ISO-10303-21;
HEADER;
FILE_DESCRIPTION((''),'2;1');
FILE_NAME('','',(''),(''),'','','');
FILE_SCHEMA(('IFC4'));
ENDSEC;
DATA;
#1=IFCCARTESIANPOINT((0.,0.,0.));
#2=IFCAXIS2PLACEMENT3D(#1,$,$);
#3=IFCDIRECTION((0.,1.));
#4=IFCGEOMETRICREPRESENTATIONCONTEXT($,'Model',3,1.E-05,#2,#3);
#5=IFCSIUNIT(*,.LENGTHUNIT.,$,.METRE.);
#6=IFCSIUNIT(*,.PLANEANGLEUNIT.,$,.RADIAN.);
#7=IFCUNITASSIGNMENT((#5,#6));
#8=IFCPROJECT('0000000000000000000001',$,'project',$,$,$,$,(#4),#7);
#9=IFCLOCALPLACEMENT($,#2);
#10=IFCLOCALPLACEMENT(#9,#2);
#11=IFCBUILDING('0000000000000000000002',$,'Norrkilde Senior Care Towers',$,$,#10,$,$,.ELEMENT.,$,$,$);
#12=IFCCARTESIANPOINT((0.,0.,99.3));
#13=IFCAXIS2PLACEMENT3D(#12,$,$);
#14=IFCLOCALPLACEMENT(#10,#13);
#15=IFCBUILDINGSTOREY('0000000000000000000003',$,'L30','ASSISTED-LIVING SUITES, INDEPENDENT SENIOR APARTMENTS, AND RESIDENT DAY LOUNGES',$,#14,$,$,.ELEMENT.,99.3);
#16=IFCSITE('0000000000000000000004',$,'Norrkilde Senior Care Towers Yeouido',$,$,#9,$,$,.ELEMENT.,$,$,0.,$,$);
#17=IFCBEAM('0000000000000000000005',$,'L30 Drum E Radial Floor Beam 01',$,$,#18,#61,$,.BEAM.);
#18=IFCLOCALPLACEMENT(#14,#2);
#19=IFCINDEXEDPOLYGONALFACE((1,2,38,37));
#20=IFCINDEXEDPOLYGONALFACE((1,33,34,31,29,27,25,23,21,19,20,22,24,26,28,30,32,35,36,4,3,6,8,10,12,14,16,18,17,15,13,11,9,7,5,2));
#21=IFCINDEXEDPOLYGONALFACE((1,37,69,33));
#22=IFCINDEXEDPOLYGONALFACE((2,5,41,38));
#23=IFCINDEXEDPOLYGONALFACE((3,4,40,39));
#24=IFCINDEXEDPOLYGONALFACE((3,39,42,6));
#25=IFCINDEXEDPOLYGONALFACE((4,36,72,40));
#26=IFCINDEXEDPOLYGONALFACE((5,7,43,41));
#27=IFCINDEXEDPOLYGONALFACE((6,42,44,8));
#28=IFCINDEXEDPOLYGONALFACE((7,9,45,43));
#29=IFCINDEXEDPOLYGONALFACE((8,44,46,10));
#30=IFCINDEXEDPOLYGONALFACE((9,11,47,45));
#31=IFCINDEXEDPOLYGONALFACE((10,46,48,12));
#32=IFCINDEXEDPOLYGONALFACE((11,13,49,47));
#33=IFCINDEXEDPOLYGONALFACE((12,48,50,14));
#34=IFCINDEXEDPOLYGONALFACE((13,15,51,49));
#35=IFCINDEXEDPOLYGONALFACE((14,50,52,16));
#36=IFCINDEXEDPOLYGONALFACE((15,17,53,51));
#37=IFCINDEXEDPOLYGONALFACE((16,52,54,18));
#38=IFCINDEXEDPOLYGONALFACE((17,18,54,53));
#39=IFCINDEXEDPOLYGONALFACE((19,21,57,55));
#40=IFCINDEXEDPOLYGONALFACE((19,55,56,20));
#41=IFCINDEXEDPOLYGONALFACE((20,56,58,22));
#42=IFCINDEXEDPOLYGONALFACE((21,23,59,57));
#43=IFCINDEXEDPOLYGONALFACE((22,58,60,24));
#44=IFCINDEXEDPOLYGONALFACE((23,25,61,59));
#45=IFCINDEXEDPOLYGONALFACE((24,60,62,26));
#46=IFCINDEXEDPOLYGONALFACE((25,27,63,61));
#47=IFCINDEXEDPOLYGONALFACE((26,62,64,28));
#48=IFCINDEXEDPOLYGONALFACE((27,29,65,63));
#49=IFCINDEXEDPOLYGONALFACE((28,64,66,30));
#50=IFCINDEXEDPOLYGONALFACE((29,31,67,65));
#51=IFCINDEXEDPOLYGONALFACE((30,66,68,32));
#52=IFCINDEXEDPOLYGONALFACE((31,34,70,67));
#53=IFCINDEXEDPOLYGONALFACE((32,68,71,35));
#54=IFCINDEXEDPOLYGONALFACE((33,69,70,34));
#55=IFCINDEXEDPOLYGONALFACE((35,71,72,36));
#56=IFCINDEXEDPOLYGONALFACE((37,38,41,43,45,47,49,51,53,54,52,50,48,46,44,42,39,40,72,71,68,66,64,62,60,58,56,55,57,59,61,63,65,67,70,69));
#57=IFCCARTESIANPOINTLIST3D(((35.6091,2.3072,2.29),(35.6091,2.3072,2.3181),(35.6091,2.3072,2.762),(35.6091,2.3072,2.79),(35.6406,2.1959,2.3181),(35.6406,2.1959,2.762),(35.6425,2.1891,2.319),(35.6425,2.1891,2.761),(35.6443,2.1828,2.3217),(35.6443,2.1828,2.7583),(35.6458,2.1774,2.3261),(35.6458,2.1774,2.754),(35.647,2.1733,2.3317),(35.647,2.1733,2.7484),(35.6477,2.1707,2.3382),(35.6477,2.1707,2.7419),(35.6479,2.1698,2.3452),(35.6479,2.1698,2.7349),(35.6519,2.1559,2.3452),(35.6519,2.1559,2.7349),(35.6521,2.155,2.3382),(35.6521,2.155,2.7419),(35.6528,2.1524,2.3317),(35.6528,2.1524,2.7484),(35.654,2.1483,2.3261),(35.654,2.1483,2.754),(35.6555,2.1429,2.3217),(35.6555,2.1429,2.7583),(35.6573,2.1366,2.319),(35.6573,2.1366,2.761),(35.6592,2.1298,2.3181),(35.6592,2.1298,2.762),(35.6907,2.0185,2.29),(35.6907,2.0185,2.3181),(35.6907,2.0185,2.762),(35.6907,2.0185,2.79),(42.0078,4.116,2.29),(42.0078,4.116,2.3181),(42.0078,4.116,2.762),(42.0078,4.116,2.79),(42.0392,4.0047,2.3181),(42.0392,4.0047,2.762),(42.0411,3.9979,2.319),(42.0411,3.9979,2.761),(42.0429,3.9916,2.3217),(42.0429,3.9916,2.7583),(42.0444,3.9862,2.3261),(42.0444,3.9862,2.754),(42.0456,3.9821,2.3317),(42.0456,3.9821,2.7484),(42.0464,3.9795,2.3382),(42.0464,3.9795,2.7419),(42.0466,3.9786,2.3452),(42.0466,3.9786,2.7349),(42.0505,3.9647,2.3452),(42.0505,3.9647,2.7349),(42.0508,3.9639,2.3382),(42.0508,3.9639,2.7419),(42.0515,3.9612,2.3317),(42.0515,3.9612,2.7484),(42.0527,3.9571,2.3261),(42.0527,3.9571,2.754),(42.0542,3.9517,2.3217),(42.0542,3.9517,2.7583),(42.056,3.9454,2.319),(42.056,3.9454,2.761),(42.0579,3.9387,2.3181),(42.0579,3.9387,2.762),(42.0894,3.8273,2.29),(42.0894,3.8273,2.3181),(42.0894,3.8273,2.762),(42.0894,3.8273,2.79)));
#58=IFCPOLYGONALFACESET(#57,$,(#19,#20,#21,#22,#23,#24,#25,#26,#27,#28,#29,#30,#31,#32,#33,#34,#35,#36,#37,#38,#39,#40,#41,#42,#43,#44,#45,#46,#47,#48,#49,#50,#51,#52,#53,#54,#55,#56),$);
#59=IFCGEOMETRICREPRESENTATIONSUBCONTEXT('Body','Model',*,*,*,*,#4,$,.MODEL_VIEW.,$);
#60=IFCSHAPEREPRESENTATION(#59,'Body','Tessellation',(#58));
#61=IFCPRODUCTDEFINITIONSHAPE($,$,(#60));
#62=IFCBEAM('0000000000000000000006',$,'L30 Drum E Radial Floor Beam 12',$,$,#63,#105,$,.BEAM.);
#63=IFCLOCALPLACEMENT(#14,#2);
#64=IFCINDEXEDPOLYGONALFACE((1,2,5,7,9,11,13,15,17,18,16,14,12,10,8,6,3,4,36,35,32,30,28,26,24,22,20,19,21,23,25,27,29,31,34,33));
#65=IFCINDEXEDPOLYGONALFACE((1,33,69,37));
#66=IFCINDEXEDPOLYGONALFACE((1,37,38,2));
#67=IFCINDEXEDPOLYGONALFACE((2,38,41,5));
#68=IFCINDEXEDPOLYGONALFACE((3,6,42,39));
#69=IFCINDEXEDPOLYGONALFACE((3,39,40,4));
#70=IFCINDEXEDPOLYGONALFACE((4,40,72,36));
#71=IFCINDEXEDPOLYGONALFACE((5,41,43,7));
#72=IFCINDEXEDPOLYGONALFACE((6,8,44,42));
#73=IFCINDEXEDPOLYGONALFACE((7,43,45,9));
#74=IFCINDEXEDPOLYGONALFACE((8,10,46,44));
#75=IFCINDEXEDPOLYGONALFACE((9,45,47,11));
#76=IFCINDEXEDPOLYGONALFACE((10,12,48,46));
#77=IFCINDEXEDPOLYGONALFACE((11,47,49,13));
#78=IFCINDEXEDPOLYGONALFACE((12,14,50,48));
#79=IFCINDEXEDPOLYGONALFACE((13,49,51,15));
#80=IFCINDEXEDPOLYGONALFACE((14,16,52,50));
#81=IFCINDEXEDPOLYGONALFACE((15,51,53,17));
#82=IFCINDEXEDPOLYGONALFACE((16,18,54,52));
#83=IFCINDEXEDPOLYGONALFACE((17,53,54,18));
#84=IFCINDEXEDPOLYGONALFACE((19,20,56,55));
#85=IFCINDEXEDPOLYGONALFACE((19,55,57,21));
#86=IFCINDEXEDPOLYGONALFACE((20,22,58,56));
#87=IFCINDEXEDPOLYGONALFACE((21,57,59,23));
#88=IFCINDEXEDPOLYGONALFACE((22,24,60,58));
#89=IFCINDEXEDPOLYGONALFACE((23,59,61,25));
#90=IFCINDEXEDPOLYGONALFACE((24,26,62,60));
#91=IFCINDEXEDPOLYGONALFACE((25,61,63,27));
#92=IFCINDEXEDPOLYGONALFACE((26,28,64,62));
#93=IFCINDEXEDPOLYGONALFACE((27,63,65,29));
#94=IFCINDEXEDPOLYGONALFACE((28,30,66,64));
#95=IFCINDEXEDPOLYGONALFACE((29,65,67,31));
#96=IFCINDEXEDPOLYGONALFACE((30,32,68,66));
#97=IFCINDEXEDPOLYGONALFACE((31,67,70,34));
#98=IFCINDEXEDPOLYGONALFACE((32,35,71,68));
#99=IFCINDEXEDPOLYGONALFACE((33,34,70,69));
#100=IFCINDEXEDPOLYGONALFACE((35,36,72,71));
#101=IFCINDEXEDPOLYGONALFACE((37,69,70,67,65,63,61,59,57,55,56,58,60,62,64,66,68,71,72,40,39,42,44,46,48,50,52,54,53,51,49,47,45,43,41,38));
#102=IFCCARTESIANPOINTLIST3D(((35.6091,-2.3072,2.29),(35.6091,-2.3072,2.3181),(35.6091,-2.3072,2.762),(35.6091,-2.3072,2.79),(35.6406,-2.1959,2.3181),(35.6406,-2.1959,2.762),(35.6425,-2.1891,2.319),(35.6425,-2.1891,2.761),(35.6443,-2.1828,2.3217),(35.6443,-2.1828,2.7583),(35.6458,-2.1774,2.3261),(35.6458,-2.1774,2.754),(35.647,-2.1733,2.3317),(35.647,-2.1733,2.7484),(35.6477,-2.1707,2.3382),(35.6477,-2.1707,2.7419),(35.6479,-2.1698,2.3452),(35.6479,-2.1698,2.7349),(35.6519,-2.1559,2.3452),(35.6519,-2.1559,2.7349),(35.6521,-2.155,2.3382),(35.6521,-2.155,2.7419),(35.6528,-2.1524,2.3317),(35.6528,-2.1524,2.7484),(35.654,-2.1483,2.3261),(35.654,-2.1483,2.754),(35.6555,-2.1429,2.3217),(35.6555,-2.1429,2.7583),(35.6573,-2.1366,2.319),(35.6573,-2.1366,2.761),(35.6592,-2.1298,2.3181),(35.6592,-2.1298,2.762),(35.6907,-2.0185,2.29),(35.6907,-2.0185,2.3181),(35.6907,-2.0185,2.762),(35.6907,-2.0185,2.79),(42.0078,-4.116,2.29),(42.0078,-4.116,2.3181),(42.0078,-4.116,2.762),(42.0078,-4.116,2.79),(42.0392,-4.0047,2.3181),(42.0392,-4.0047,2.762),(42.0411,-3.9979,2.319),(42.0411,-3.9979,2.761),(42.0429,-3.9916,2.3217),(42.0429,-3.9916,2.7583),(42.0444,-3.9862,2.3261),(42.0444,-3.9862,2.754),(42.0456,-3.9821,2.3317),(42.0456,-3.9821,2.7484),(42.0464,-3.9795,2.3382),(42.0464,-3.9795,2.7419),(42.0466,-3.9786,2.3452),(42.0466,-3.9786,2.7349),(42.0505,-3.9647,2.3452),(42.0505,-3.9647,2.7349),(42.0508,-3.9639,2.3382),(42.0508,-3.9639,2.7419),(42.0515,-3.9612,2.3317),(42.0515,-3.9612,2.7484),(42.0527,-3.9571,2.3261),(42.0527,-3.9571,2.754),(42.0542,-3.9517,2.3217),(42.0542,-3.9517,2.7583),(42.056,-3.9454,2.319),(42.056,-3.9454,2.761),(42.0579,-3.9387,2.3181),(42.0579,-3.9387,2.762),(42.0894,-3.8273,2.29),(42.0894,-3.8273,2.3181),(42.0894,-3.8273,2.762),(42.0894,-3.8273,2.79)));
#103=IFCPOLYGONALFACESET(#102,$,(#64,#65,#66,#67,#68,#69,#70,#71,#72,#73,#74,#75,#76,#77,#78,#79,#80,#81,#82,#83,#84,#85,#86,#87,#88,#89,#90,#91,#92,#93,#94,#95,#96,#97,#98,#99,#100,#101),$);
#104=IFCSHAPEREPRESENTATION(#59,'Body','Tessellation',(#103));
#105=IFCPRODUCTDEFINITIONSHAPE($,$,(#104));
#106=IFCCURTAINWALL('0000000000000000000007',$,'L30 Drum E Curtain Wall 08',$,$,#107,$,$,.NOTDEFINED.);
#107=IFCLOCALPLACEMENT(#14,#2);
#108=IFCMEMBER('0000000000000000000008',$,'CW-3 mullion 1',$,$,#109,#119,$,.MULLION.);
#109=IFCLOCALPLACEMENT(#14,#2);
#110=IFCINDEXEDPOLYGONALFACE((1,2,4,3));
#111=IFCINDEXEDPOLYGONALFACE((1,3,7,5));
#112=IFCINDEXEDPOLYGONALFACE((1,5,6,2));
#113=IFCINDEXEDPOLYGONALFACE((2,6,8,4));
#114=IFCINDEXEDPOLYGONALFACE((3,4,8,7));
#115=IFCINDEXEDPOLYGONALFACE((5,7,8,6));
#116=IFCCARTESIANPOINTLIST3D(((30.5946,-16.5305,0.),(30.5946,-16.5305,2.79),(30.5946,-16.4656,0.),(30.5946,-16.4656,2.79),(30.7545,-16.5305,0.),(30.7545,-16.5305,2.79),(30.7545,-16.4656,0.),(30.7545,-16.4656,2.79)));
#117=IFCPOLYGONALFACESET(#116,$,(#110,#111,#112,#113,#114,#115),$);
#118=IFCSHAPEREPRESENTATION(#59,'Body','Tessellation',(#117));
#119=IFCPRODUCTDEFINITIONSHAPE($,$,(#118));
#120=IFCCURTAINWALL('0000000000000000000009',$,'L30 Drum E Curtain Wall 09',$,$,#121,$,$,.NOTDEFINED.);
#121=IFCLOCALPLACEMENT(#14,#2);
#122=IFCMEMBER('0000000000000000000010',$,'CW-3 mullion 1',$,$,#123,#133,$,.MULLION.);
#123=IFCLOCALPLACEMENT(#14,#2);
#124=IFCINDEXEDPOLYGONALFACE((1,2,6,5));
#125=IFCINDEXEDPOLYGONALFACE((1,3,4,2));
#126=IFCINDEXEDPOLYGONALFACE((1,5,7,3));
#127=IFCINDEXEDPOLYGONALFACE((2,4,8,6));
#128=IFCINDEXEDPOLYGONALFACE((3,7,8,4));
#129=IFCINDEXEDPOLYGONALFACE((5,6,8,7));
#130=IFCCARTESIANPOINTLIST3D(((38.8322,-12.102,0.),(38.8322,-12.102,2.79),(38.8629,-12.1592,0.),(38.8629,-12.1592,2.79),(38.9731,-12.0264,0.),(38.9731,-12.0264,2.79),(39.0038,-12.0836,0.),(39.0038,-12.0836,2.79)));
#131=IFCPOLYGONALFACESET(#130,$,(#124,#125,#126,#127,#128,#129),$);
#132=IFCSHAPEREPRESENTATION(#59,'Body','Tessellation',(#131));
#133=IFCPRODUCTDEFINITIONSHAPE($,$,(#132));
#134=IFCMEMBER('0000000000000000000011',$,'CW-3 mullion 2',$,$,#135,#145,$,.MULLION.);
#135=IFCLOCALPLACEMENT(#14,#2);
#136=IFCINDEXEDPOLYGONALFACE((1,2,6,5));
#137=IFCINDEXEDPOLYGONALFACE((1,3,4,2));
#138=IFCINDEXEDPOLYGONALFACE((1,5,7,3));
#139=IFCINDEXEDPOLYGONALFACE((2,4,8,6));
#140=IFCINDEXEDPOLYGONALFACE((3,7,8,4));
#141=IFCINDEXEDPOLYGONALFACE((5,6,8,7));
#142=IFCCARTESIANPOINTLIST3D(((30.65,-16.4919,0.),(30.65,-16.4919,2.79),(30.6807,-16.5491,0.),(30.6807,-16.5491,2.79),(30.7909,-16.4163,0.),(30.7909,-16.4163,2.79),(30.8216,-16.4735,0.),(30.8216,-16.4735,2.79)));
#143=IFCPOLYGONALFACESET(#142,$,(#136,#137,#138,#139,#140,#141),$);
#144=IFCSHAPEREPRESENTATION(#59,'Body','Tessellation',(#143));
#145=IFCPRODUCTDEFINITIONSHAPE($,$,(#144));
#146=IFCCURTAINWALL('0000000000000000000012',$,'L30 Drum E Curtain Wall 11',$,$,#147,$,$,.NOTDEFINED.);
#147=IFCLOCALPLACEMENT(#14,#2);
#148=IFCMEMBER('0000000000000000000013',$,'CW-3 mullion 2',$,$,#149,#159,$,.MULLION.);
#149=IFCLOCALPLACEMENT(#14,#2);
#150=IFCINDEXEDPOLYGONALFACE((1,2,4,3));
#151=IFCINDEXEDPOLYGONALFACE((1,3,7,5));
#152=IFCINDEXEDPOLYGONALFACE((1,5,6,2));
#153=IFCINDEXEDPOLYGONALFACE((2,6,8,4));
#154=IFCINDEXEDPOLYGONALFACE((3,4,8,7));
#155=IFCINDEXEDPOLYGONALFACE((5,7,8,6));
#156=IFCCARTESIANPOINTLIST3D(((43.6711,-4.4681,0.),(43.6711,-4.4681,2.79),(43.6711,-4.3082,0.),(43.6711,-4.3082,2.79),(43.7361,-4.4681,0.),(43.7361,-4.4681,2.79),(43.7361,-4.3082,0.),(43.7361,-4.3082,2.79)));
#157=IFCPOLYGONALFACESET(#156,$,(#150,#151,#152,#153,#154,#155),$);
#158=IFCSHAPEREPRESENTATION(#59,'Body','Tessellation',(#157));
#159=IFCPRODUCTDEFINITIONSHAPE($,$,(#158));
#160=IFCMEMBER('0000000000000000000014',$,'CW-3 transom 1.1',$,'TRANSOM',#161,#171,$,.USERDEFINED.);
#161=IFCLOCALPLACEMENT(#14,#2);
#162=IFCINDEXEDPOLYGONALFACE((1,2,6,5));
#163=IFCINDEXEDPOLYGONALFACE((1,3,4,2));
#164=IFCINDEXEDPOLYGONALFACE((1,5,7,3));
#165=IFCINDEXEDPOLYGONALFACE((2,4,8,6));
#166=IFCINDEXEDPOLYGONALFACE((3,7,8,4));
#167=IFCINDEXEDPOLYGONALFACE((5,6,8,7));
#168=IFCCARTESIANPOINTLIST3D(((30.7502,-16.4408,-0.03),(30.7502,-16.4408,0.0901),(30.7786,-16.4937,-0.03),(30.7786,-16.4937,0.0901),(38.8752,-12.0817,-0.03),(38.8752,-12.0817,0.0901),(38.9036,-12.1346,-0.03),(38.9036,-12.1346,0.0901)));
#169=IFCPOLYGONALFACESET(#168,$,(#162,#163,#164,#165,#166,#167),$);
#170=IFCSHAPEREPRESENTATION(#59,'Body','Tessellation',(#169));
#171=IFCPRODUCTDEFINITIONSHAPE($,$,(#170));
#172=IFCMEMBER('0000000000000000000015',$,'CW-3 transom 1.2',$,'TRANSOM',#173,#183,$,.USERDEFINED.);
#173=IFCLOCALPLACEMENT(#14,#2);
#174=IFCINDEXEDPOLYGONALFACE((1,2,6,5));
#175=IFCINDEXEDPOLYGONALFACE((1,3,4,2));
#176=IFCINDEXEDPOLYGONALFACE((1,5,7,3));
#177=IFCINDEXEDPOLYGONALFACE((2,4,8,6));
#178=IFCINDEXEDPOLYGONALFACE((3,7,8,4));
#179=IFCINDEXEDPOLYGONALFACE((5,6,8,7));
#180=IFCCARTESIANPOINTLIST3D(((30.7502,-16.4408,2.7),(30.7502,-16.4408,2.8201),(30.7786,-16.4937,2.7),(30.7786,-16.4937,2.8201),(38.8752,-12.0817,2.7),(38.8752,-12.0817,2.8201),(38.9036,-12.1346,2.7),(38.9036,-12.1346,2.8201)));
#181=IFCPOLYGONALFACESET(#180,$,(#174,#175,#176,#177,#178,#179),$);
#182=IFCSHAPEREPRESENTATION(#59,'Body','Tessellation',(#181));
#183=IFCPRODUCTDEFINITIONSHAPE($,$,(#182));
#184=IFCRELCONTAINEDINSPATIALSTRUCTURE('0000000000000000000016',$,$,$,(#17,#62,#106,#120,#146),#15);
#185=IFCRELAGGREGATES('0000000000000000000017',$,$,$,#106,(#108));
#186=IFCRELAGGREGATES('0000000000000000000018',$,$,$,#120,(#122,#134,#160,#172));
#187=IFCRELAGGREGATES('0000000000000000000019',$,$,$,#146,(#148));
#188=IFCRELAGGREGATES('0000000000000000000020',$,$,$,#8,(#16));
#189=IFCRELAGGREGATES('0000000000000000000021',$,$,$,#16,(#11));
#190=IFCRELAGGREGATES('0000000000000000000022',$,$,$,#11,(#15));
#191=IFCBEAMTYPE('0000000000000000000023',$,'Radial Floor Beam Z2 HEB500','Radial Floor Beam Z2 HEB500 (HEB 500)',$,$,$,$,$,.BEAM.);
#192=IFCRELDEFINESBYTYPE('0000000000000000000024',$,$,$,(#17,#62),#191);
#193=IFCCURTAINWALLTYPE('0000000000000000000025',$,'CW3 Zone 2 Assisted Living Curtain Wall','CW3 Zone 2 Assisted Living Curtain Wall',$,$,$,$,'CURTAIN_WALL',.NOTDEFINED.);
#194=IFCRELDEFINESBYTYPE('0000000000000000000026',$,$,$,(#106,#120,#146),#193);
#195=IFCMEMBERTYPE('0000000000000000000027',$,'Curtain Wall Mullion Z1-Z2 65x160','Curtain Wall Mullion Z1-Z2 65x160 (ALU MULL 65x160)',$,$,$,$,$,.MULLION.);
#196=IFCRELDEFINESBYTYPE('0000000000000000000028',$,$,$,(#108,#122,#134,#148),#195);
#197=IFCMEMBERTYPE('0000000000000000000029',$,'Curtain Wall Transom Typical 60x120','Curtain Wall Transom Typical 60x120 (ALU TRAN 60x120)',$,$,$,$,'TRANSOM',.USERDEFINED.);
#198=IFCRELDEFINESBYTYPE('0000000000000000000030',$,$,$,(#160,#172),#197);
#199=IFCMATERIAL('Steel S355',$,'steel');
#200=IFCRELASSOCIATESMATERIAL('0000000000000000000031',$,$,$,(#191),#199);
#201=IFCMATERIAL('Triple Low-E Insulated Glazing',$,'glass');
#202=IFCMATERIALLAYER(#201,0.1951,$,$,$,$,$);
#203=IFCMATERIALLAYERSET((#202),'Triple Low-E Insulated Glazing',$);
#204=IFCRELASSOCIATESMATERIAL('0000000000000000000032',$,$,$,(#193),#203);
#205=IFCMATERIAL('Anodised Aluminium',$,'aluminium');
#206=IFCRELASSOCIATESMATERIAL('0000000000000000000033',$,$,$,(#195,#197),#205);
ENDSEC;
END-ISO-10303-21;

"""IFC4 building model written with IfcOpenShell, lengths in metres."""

from ifc_helpers import new_model, si_unit, direction, frame, origin, origin_2d, place, context, subcontext, project, spatial, rectangle, i_section, extrude, source, transform, mapped, material, layer, layer_set, material_profile, profile_set, type_object, type_shapes, element, aggregate, save


model = new_model("IFC4")

# Units and contexts
model_context = context("Model", 3, precision=1e-05, world=origin(), true_north=direction((0.0, 1.0)))
body_context = subcontext(model_context, "Body", "Model", "MODEL_VIEW")
ifc_project = project(units=[si_unit("LENGTHUNIT", "METRE"), si_unit("PLANEANGLEUNIT", "RADIAN")], contexts=[model_context])

# Site, building, storey
site_placement = place(None, origin())
site = spatial("IfcSite", under=ifc_project, at=site_placement, Name="Norrkilde Senior Care Towers Yeouido", CompositionType="ELEMENT", RefElevation=0.0)
building_placement = place(site_placement, origin())
building = spatial("IfcBuilding", under=site, at=building_placement, Name="Norrkilde Senior Care Towers", CompositionType="ELEMENT")
storey_placement = place(building_placement, frame((0.0, 0.0, 99.3)))
storey = spatial("IfcBuildingStorey", under=building, at=storey_placement, Name="L30", Description="ASSISTED-LIVING SUITES, INDEPENDENT SENIOR APARTMENTS, AND RESIDENT DAY LOUNGES", CompositionType="ELEMENT", Elevation=99.3)

# Beams
ifc_material_1 = material(Name="Steel S355", Category="steel")
ifc_material_profile_1 = material_profile(ifc_material_1, i_section(OverallWidth=0.3, OverallDepth=0.5, WebThickness=0.0144, FlangeThickness=0.0281, FilletRadius=0.0271, at=origin_2d()), Name="HEB 500")
ifc_profile_set_1 = profile_set([ifc_material_profile_1], Name="Steel S355")
beam_type_1 = type_object("IfcBeamType", Name="Radial Floor Beam Z2 HEB500", Description="Radial Floor Beam Z2 HEB500 (HEB 500)", PredefinedType="BEAM", material=ifc_profile_set_1)
shared_shape_1 = source(origin(), body_context, "Body", "SweptSolid", [
    extrude(i_section(OverallWidth=0.3, OverallDepth=0.5, WebThickness=0.0144, FlangeThickness=0.0281, FilletRadius=0.0271, at=origin_2d()), origin(), (0.0, 0.0, 1.0), 6.6494),
])
for number, where, z_axis, x_axis, name in (
    (1, (35.6499, 2.1628, 2.54), (0.962289, 0.272029, 0.0), (-0.272029, 0.962289, 0.0), "L30 Drum E Radial Floor Beam 01"),
    (2, (35.6499, -2.1628, 2.54), (0.962289, -0.272029, 0.0), (0.272029, 0.962289, 0.0), "L30 Drum E Radial Floor Beam 12"),
):
    element("IfcBeam", number, at=place(storey_placement, frame(where, z_axis=z_axis, x_axis=x_axis)), inside=storey, type_object=beam_type_1, Name=name, PredefinedType="BEAM", context=body_context, shape_type="MappedRepresentation", body=[
        mapped(shared_shape_1, transform((0.0, 0.0, 0.0), x_axis=(1.0, 0.0, 0.0), y_axis=(0.0, 1.0, 0.0), z_axis=(0.0, 0.0, 1.0), scale=1.0)),
    ])

# Curtain wall, member
ifc_material_2 = material(Name="Triple Low-E Insulated Glazing", Category="glass")
ifc_layer_1 = layer(ifc_material_2, 0.1951)
ifc_layer_set_1 = layer_set([ifc_layer_1], Name="Triple Low-E Insulated Glazing")
curtain_wall_type = type_object("IfcCurtainWallType", Name="CW3 Zone 2 Assisted Living Curtain Wall", Description="CW3 Zone 2 Assisted Living Curtain Wall", ElementType="CURTAIN_WALL", PredefinedType="NOTDEFINED", material=ifc_layer_set_1)
curtain_wall_1_placement = place(storey_placement, origin())
curtain_wall_1 = element("IfcCurtainWall", 3, at=curtain_wall_1_placement, inside=storey, type_object=curtain_wall_type, Name="L30 Drum E Curtain Wall 08", PredefinedType="NOTDEFINED")
ifc_material_3 = material(Name="Anodised Aluminium", Category="aluminium")
ifc_material_profile_2 = material_profile(ifc_material_3, rectangle(XDim=0.0649, YDim=0.1599, at=origin_2d()), Name="ALU MULL 65x160")
ifc_profile_set_2 = profile_set([ifc_material_profile_2], Name="Anodised Aluminium")
member_type_1 = type_object("IfcMemberType", Name="Curtain Wall Mullion Z1-Z2 65x160", Description="Curtain Wall Mullion Z1-Z2 65x160 (ALU MULL 65x160)", PredefinedType="MULLION", material=ifc_profile_set_2)
shared_shape_2 = source(origin(), body_context, "Body", "SweptSolid", [
    extrude(rectangle(XDim=0.0649, YDim=0.1599, at=origin_2d()), origin(), (0.0, 0.0, 1.0), 2.79),
])
type_shapes(member_type_1, [shared_shape_2])
member_1_placement = place(storey_placement, frame((30.6746, -16.498, 0.0), z_axis=(0.0, 0.0, 1.0), x_axis=(0.0, -1.0, 0.0)))
member_1 = element("IfcMember", 4, at=member_1_placement, type_object=member_type_1, Name="CW-3 mullion 1", PredefinedType="MULLION", context=body_context, shape_type="MappedRepresentation", body=[
    mapped(shared_shape_2, transform((0.0, 0.0, 0.0), x_axis=(1.0, 0.0, 0.0), y_axis=(0.0, 1.0, 0.0), z_axis=(0.0, 0.0, 1.0), scale=1.0)),
])
aggregate(curtain_wall_1, [member_1])

# Curtain wall, members
curtain_wall_2_placement = place(storey_placement, origin())
curtain_wall_2 = element("IfcCurtainWall", 5, at=curtain_wall_2_placement, inside=storey, type_object=curtain_wall_type, Name="L30 Drum E Curtain Wall 09", PredefinedType="NOTDEFINED")
member_2_placement = place(storey_placement, frame((38.918, -12.0928, 0.0), z_axis=(0.0, 0.0, 1.0), x_axis=(0.472769, -0.881186, 0.0)))
member_2 = element("IfcMember", 6, at=member_2_placement, type_object=member_type_1, Name="CW-3 mullion 1", PredefinedType="MULLION", context=body_context, shape_type="MappedRepresentation", body=[
    mapped(shared_shape_2, transform((0.0, 0.0, 0.0), x_axis=(1.0, 0.0, 0.0), y_axis=(0.0, 1.0, 0.0), z_axis=(0.0, 0.0, 1.0), scale=1.0)),
])
member_3_placement = place(storey_placement, frame((30.7358, -16.4827, 0.0), z_axis=(0.0, 0.0, 1.0), x_axis=(0.472769, -0.881186, 0.0)))
member_3 = element("IfcMember", 7, at=member_3_placement, type_object=member_type_1, Name="CW-3 mullion 2", PredefinedType="MULLION", context=body_context, shape_type="MappedRepresentation", body=[
    mapped(shared_shape_2, transform((0.0, 0.0, 0.0), x_axis=(1.0, 0.0, 0.0), y_axis=(0.0, 1.0, 0.0), z_axis=(0.0, 0.0, 1.0), scale=1.0)),
])

# Curtain wall, member
curtain_wall_3_placement = place(storey_placement, origin())
curtain_wall_3 = element("IfcCurtainWall", 8, at=curtain_wall_3_placement, inside=storey, type_object=curtain_wall_type, Name="L30 Drum E Curtain Wall 11", PredefinedType="NOTDEFINED")
member_4_placement = place(storey_placement, frame((43.7036, -4.3882, 0.0), z_axis=(0.0, 0.0, 1.0), x_axis=(1.0, 0.0, 0.0)))
member_4 = element("IfcMember", 9, at=member_4_placement, type_object=member_type_1, Name="CW-3 mullion 2", PredefinedType="MULLION", context=body_context, shape_type="MappedRepresentation", body=[
    mapped(shared_shape_2, transform((0.0, 0.0, 0.0), x_axis=(1.0, 0.0, 0.0), y_axis=(0.0, 1.0, 0.0), z_axis=(0.0, 0.0, 1.0), scale=1.0)),
])

# Members
ifc_material_profile_3 = material_profile(ifc_material_3, rectangle(XDim=0.0601, YDim=0.1201, at=origin_2d()), Name="ALU TRAN 60x120")
ifc_profile_set_3 = profile_set([ifc_material_profile_3], Name="Anodised Aluminium")
member_type_2 = type_object("IfcMemberType", Name="Curtain Wall Transom Typical 60x120", Description="Curtain Wall Transom Typical 60x120 (ALU TRAN 60x120)", ElementType="TRANSOM", PredefinedType="USERDEFINED", material=ifc_profile_set_3)
shared_shape_3 = source(origin(), body_context, "Body", "SweptSolid", [
    extrude(rectangle(XDim=0.0601, YDim=0.1201, at=origin_2d()), origin(), (0.0, 0.0, 1.0), 9.2205),
])
type_shapes(member_type_2, [shared_shape_3])
member_5_placement = place(storey_placement, frame((38.8894, -12.1082, 0.03), z_axis=(-0.881189, -0.472765, 0.0), x_axis=(0.472765, -0.881189, 0.0)))
member_5 = element("IfcMember", 10, at=member_5_placement, type_object=member_type_2, Name="CW-3 transom 1.1", ObjectType="TRANSOM", PredefinedType="USERDEFINED", context=body_context, shape_type="MappedRepresentation", body=[
    mapped(shared_shape_3, transform((0.0, 0.0, 0.0), x_axis=(1.0, 0.0, 0.0), y_axis=(0.0, 1.0, 0.0), z_axis=(0.0, 0.0, 1.0), scale=1.0)),
])
member_6_placement = place(storey_placement, frame((38.8894, -12.1082, 2.76), z_axis=(-0.881189, -0.472765, 0.0), x_axis=(0.472765, -0.881189, 0.0)))
member_6 = element("IfcMember", 11, at=member_6_placement, type_object=member_type_2, Name="CW-3 transom 1.2", ObjectType="TRANSOM", PredefinedType="USERDEFINED", context=body_context, shape_type="MappedRepresentation", body=[
    mapped(shared_shape_3, transform((0.0, 0.0, 0.0), x_axis=(1.0, 0.0, 0.0), y_axis=(0.0, 1.0, 0.0), z_axis=(0.0, 0.0, 1.0), scale=1.0)),
])

aggregate(curtain_wall_2, [member_2, member_3, member_5, member_6])
aggregate(curtain_wall_3, [member_4])

save(model, "model.ifc")
